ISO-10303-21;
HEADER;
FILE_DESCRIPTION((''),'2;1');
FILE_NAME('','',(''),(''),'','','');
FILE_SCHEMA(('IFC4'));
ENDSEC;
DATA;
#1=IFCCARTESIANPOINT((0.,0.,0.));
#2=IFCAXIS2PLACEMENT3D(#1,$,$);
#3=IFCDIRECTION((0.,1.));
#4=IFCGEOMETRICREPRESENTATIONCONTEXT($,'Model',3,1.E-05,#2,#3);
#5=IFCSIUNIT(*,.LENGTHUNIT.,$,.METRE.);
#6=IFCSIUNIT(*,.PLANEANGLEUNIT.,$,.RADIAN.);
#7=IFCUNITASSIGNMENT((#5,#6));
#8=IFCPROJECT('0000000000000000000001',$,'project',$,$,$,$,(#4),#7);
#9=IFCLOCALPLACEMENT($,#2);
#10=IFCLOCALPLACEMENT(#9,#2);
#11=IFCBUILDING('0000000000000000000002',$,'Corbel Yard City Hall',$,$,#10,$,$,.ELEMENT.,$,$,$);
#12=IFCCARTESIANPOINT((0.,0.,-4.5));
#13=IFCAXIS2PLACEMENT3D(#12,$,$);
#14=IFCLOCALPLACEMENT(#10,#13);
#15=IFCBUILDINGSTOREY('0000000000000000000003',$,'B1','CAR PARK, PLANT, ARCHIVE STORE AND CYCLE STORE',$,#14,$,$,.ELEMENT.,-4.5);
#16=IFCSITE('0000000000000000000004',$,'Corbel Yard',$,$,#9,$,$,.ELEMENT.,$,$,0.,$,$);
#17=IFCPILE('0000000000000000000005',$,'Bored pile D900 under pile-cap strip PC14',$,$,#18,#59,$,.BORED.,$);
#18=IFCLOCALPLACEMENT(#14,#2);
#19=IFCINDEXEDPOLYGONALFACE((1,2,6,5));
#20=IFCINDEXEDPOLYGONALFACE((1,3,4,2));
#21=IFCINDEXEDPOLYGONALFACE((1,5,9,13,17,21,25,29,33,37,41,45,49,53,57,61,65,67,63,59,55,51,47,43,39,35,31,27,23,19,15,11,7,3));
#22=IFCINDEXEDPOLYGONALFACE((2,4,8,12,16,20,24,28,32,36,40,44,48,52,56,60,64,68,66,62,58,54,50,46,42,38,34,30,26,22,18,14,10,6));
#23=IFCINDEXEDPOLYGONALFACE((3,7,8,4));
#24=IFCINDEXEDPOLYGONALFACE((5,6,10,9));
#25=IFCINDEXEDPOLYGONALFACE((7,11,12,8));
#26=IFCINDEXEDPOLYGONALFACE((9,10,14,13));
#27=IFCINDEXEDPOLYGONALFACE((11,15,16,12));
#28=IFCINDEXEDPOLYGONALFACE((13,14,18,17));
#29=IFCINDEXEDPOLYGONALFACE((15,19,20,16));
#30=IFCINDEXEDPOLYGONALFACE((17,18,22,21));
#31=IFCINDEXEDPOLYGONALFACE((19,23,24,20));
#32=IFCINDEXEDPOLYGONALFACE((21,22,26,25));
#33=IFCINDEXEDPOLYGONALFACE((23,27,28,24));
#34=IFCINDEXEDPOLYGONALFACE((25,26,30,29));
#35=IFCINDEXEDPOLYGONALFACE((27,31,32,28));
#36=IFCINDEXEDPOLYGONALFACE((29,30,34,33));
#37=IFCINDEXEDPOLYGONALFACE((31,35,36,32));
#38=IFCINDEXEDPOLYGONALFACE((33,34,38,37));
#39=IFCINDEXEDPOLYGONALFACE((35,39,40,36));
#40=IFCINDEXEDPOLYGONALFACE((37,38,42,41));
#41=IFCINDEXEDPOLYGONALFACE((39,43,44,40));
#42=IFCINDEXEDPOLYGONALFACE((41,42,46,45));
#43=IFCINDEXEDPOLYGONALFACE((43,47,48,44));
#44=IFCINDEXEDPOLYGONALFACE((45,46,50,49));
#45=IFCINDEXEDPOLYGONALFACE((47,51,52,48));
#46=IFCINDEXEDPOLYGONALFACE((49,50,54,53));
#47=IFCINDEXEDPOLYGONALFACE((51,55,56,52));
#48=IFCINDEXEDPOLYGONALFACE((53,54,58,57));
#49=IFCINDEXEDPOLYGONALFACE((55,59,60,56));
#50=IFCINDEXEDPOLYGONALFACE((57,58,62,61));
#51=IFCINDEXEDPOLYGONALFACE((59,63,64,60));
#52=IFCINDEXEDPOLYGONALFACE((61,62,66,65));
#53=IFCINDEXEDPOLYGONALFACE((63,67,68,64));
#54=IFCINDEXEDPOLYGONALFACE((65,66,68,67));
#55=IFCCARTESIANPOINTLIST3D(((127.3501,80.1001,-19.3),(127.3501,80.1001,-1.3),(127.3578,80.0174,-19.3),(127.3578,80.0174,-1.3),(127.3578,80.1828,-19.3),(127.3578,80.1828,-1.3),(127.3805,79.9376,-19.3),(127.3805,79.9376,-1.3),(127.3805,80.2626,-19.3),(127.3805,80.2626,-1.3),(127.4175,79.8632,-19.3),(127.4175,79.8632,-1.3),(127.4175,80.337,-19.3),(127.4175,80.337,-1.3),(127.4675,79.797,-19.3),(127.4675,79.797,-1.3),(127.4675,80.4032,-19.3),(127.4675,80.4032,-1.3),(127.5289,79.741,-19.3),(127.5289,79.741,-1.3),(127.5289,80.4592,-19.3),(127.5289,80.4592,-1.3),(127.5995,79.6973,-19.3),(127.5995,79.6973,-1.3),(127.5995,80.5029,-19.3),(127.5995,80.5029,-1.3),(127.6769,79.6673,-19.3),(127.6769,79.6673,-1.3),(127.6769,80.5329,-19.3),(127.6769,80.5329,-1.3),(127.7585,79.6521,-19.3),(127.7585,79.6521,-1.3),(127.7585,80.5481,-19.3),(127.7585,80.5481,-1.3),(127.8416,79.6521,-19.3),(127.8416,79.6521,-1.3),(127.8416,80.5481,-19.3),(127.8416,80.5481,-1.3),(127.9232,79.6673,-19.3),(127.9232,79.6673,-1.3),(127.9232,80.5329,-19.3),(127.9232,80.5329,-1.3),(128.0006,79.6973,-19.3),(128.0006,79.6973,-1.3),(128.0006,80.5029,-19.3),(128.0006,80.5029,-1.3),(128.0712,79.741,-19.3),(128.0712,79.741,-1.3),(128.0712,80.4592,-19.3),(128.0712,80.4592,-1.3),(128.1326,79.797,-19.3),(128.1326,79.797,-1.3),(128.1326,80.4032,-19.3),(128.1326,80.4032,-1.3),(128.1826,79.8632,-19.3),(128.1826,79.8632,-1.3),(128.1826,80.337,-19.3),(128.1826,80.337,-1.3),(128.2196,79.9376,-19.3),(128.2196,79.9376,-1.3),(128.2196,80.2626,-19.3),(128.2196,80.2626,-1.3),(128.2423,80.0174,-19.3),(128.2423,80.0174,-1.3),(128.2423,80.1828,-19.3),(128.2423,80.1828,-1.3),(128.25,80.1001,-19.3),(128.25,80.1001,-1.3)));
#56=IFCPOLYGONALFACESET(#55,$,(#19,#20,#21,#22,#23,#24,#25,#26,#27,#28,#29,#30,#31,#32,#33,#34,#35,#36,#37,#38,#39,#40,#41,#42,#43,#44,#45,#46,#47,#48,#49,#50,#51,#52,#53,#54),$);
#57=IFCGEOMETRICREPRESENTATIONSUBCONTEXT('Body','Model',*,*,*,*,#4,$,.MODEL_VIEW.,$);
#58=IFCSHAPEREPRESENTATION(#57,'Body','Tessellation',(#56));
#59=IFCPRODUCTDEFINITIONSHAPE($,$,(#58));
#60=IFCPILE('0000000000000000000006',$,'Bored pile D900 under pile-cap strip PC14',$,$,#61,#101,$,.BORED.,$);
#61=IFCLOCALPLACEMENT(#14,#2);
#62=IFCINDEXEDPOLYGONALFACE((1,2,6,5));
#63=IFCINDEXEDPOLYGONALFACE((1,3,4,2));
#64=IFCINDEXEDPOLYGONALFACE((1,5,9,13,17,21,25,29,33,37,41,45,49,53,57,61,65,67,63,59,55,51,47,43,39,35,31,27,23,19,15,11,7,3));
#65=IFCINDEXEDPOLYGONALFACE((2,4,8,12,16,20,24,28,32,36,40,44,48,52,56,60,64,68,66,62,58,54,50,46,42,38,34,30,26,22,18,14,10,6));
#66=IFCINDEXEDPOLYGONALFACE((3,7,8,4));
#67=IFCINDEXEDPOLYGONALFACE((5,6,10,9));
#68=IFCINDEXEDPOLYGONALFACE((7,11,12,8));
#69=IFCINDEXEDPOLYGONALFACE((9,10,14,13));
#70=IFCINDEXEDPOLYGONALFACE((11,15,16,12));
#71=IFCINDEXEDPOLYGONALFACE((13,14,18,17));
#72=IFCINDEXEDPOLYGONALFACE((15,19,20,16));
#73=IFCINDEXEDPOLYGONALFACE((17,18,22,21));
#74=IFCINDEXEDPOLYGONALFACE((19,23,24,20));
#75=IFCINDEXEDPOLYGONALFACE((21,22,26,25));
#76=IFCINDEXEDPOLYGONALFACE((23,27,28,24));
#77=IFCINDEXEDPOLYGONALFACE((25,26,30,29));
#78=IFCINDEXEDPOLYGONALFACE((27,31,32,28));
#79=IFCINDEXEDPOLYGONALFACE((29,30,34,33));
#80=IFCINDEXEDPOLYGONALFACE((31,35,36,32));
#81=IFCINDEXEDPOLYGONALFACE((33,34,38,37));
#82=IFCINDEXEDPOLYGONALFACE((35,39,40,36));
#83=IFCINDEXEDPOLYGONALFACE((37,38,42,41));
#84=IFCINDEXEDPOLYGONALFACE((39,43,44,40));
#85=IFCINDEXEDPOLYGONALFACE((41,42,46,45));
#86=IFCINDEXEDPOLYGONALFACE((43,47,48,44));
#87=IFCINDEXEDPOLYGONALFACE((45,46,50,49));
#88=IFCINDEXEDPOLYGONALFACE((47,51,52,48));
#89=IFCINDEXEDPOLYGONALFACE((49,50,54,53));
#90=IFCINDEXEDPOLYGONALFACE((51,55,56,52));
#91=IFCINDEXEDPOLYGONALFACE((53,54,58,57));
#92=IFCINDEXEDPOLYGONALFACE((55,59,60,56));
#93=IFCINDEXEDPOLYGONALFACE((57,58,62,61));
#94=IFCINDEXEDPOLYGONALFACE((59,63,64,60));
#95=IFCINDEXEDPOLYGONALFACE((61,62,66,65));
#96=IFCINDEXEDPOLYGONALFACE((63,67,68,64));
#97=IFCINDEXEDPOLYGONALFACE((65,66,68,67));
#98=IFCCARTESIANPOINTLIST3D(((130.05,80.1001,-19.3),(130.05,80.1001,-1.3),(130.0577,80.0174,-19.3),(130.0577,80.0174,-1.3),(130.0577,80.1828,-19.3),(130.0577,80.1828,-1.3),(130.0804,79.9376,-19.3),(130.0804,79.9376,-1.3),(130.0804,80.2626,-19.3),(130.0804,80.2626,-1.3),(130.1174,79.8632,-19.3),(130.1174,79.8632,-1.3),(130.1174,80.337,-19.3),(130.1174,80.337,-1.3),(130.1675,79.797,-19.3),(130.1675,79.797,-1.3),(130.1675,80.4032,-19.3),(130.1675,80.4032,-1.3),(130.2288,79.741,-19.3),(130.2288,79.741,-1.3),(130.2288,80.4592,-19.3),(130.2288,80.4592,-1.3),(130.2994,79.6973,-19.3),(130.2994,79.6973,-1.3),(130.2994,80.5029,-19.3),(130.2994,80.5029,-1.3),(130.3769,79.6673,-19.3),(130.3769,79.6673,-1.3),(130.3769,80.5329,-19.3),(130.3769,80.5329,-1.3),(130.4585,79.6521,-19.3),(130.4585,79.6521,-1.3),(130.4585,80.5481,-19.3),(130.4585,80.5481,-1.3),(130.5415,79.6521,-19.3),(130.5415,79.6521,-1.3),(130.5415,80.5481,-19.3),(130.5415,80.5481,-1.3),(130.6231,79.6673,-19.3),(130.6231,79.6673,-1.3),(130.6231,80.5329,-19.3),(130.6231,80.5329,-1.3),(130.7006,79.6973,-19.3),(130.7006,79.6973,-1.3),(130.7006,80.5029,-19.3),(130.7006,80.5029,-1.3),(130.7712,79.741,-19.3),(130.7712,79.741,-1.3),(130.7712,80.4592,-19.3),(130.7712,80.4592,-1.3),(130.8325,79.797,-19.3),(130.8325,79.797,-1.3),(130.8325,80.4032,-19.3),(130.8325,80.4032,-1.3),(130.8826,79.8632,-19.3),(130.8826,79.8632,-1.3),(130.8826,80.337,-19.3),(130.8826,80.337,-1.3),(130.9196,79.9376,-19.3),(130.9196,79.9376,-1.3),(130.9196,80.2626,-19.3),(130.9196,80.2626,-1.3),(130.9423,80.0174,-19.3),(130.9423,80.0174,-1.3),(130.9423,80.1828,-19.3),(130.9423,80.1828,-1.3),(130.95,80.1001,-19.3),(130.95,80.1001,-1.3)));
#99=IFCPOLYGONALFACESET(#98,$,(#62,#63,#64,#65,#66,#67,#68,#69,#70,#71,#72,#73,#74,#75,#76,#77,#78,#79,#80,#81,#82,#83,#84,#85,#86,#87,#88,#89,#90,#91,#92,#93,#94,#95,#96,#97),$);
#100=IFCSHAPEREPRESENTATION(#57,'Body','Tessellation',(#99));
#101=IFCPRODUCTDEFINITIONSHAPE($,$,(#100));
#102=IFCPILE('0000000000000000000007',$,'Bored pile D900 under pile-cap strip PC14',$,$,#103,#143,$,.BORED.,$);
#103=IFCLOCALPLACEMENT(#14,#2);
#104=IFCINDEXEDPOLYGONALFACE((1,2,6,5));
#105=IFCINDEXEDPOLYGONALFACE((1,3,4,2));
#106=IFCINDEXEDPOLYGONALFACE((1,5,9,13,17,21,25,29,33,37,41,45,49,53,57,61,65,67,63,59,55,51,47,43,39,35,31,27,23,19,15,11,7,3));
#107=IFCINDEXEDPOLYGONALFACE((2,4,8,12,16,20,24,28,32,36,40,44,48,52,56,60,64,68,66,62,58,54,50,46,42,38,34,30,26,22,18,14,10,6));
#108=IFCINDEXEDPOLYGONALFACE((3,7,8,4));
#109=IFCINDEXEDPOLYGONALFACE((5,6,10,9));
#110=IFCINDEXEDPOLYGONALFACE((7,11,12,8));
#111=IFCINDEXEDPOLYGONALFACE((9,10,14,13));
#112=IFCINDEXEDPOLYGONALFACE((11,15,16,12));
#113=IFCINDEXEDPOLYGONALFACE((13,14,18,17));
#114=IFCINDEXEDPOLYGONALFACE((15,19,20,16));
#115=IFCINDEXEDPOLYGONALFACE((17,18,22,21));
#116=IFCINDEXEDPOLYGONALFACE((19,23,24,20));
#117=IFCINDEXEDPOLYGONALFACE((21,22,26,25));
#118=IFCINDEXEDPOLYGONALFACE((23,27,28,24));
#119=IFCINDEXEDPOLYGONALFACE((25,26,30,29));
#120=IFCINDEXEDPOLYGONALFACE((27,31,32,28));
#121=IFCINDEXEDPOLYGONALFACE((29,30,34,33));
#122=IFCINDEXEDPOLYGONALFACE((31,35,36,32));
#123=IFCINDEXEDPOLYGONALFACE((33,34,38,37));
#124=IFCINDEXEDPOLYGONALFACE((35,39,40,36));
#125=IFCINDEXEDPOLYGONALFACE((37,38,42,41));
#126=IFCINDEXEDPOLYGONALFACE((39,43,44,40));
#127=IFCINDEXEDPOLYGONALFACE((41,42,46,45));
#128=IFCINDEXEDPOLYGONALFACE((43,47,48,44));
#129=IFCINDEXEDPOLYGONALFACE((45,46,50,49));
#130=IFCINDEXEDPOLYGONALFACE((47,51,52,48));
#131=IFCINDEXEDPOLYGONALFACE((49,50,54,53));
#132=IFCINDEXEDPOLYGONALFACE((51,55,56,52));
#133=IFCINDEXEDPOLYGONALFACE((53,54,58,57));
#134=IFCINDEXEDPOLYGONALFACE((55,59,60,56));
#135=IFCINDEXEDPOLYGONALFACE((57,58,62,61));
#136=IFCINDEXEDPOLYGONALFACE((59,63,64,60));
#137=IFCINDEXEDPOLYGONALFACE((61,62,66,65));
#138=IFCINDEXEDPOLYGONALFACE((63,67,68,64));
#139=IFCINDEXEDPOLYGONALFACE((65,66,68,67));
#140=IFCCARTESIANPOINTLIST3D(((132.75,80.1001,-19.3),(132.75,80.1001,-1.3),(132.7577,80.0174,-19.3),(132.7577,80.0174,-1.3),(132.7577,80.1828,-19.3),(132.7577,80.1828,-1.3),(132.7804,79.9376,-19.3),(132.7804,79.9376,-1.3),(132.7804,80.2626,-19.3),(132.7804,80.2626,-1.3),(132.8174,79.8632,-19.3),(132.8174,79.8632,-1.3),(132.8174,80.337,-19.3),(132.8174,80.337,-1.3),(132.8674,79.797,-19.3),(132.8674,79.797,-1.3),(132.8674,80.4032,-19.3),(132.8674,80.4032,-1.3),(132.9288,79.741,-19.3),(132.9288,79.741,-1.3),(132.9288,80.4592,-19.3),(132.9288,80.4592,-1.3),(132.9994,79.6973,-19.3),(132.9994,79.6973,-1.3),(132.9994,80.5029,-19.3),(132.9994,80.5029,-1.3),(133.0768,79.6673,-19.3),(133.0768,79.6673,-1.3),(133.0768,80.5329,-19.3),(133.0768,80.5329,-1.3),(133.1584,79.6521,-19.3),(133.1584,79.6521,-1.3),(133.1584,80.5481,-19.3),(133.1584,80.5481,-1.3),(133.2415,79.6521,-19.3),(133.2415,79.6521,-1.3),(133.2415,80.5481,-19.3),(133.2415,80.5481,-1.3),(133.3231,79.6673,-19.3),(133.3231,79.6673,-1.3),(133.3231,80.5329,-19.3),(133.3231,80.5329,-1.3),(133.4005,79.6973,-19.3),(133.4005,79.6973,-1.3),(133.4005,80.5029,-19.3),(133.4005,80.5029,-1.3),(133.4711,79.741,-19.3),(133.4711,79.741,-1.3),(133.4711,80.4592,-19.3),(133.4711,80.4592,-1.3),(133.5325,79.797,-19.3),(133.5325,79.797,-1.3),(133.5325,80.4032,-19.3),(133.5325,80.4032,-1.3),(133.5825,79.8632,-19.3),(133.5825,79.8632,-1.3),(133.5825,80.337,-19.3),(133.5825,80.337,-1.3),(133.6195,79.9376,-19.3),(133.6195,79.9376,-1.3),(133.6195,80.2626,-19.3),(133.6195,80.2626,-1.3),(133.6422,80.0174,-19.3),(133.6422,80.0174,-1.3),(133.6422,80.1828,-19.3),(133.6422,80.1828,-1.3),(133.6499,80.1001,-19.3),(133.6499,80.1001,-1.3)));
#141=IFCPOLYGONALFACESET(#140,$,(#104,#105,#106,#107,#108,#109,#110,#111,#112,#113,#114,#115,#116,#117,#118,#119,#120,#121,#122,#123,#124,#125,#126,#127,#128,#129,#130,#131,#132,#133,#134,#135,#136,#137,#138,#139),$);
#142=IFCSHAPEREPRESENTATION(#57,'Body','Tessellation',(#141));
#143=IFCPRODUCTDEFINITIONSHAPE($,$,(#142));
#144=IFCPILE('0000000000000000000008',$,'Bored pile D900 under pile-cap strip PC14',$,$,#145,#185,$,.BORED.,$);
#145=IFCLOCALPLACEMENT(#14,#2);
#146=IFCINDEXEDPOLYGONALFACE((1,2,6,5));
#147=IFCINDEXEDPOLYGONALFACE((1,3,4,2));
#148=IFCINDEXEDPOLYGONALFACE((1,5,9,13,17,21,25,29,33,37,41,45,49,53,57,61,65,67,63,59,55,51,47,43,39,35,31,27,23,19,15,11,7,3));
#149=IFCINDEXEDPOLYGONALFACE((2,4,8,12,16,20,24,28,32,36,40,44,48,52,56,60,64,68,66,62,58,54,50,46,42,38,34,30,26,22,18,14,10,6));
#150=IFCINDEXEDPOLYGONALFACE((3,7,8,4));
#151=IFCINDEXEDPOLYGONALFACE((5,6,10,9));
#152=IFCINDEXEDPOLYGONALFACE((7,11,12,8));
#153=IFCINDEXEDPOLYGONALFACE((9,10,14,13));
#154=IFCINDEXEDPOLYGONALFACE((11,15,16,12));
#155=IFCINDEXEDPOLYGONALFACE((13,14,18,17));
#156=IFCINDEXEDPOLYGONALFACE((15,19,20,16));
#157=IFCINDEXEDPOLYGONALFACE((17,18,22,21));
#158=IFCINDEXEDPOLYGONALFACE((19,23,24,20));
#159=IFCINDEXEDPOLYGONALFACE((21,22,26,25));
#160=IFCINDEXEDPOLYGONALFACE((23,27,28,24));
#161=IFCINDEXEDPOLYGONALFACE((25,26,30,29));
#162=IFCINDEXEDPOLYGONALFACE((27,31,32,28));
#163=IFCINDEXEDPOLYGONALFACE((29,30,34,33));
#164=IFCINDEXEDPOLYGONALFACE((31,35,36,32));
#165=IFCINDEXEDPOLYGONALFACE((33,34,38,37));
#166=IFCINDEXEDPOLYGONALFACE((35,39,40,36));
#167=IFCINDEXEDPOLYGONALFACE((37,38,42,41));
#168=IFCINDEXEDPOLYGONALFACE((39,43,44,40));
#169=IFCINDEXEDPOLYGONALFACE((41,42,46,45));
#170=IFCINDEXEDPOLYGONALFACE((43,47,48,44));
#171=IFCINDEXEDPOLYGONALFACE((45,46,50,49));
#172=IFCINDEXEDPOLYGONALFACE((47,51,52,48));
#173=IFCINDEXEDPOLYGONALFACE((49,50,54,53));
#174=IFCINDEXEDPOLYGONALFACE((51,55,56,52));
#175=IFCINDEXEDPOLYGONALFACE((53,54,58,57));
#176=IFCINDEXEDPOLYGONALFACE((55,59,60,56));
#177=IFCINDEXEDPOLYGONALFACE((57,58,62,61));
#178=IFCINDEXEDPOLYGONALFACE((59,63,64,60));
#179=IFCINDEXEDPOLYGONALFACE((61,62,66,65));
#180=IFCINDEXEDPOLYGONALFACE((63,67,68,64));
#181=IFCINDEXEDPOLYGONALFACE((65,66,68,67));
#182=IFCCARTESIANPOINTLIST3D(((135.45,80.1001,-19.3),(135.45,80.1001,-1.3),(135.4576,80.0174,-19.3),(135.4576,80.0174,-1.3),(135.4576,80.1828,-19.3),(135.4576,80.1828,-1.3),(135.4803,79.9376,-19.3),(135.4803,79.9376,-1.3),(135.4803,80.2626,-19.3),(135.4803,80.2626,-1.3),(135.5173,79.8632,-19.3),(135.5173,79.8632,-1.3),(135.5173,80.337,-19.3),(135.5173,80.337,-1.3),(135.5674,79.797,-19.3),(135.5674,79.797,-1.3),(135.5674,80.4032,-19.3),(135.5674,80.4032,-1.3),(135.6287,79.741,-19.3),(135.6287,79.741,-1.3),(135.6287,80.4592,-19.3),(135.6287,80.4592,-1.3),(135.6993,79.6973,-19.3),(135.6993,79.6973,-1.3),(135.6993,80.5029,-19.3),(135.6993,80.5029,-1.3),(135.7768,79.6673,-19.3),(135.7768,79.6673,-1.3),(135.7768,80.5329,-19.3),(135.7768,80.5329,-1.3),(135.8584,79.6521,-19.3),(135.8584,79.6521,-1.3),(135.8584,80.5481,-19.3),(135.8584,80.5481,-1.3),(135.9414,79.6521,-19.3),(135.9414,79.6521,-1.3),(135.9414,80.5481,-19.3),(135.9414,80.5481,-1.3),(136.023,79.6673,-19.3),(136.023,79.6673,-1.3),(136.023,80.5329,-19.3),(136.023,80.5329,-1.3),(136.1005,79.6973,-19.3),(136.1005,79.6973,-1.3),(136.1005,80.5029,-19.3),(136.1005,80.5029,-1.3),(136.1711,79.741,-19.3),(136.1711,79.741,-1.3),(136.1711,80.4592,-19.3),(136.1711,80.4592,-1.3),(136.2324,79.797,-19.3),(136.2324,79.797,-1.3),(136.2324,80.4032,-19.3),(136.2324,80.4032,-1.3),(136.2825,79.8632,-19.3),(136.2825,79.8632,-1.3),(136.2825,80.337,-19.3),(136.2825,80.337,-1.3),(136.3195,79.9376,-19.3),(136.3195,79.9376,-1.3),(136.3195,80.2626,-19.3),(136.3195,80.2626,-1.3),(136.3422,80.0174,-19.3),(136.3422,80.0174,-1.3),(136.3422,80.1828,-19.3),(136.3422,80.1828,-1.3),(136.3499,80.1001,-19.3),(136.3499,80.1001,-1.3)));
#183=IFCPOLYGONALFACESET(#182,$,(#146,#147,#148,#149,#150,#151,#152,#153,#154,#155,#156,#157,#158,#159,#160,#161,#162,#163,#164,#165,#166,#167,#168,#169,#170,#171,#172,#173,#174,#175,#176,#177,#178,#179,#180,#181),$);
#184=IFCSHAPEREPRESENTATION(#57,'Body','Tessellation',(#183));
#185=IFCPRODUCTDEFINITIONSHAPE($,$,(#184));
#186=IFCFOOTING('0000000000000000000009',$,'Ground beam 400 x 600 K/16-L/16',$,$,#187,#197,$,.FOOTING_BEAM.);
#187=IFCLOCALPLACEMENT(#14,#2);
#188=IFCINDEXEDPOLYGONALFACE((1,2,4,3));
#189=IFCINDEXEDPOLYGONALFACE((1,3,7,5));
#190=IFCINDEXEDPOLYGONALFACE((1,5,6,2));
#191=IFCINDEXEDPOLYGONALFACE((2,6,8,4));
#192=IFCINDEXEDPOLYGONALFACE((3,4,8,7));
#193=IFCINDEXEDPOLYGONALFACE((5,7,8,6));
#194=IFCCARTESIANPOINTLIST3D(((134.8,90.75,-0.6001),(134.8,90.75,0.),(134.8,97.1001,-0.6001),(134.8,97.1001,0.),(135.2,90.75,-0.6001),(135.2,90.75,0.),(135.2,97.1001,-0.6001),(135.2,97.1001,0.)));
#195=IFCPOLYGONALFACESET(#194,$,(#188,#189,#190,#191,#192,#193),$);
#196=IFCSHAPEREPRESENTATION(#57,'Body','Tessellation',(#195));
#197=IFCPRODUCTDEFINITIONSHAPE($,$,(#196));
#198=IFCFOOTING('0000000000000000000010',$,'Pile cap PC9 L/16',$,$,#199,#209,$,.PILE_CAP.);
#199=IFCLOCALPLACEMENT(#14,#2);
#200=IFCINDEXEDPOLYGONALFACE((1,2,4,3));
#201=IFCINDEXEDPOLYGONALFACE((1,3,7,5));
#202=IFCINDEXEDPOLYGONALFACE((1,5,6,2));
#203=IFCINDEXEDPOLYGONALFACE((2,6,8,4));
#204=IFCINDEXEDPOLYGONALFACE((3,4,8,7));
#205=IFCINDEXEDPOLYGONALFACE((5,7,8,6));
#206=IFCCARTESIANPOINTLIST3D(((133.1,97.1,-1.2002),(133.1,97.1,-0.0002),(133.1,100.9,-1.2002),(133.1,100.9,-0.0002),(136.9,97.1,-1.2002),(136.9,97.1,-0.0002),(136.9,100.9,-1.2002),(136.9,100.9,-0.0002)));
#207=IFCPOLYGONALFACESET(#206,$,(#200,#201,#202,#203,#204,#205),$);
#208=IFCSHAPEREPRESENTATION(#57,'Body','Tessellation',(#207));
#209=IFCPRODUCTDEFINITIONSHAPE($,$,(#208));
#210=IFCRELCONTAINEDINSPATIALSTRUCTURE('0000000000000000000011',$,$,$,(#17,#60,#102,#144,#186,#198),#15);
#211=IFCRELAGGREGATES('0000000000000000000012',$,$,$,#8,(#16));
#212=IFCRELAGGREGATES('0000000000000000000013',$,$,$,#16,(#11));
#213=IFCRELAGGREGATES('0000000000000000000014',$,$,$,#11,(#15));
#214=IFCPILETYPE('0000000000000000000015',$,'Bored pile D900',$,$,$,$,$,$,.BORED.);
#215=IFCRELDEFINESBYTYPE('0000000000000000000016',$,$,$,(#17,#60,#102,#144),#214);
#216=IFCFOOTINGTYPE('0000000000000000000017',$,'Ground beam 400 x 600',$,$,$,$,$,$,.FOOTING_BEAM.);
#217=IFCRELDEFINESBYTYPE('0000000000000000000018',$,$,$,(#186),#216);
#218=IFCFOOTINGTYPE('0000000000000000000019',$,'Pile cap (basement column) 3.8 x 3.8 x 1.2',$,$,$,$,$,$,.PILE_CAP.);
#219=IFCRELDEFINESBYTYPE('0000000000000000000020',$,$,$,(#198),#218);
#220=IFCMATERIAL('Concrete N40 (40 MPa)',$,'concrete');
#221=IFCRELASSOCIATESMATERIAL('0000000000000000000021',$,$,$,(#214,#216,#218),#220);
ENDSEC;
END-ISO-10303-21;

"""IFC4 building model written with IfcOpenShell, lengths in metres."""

from ifc_helpers import new_model, si_unit, direction, frame, origin, origin_2d, place, context, subcontext, project, spatial, rectangle, circle, extrude, material, material_profile, profile_set, type_object, element, save


model = new_model("IFC4")

# Units and contexts
model_context = context("Model", 3, precision=1e-05, world=origin(), true_north=direction((0.0, 1.0)))
body_context = subcontext(model_context, "Body", "Model", "MODEL_VIEW")
ifc_project = project(units=[si_unit("LENGTHUNIT", "METRE"), si_unit("PLANEANGLEUNIT", "RADIAN")], contexts=[model_context])

# Site, building, storey
site_placement = place(None, origin())
site = spatial("IfcSite", under=ifc_project, at=site_placement, Name="Corbel Yard", CompositionType="ELEMENT", RefElevation=0.0)
building_placement = place(site_placement, origin())
building = spatial("IfcBuilding", under=site, at=building_placement, Name="Corbel Yard City Hall", CompositionType="ELEMENT")
storey_placement = place(building_placement, frame((0.0, 0.0, -4.5)))
storey = spatial("IfcBuildingStorey", under=building, at=storey_placement, Name="B1", Description="CAR PARK, PLANT, ARCHIVE STORE AND CYCLE STORE", CompositionType="ELEMENT", Elevation=-4.5)

# Piles
ifc_material_1 = material(Name="Concrete N40 (40 MPa)", Category="concrete")
ifc_material_profile_1 = material_profile(ifc_material_1, circle(Radius=0.45, at=origin_2d()), Name="D900")
ifc_profile_set_1 = profile_set([ifc_material_profile_1], Name="Concrete N40 (40 MPa)")
pile_type_1 = type_object("IfcPileType", Name="Bored pile D900", PredefinedType="BORED", material=ifc_profile_set_1)
for number, where, z_axis, x_axis, name in (
    (1, (127.8, 80.1001, -1.3), (0.0, 0.0, -1.0), (1.0, 0.0, 0.0), "Bored pile D900 under pile-cap strip PC14"),
    (2, (130.5, 80.1001, -1.3), (0.0, 0.0, -1.0), (1.0, 0.0, 0.0), "Bored pile D900 under pile-cap strip PC14"),
    (3, (133.2, 80.1001, -1.3), (0.0, 0.0, -1.0), (1.0, 0.0, 0.0), "Bored pile D900 under pile-cap strip PC14"),
    (4, (135.8999, 80.1001, -1.3), (0.0, 0.0, -1.0), (1.0, 0.0, 0.0), "Bored pile D900 under pile-cap strip PC14"),
):
    element("IfcPile", number, at=place(storey_placement, frame(where, z_axis=z_axis, x_axis=x_axis)), inside=storey, type_object=pile_type_1, Name=name, PredefinedType="BORED", context=body_context, shape_type="SweptSolid", body=[
        extrude(circle(Radius=0.45, at=origin_2d()), origin(), (0.0, 0.0, 1.0), 18.0),
    ])

# Footings
footing_type_1 = type_object("IfcFootingType", Name="Ground beam 400 x 600", PredefinedType="FOOTING_BEAM", material=ifc_material_1)
footing_1_placement = place(storey_placement, frame((135.0, 93.925, -0.6001), z_axis=(0.0, 0.0, 1.0), x_axis=(1.0, 0.0, 0.0)))
element("IfcFooting", 5, at=footing_1_placement, inside=storey, type_object=footing_type_1, Name="Ground beam 400 x 600 K/16-L/16", PredefinedType="FOOTING_BEAM", context=body_context, shape_type="SweptSolid", body=[
    extrude(rectangle(XDim=0.3999, YDim=6.3501, at=origin_2d()), origin(), (0.0, 0.0, 1.0), 0.6001),
])
footing_type_2 = type_object("IfcFootingType", Name="Pile cap (basement column) 3.8 x 3.8 x 1.2", PredefinedType="PILE_CAP", material=ifc_material_1)
footing_2_placement = place(storey_placement, frame((135.0, 99.0, -1.2002), z_axis=(0.0, 0.0, 1.0), x_axis=(1.0, 0.0, 0.0)))
element("IfcFooting", 6, at=footing_2_placement, inside=storey, type_object=footing_type_2, Name="Pile cap PC9 L/16", PredefinedType="PILE_CAP", context=body_context, shape_type="SweptSolid", body=[
    extrude(rectangle(XDim=3.8, YDim=3.8, at=origin_2d()), origin(), (0.0, 0.0, 1.0), 1.2),
])

save(model, "model.ifc")
